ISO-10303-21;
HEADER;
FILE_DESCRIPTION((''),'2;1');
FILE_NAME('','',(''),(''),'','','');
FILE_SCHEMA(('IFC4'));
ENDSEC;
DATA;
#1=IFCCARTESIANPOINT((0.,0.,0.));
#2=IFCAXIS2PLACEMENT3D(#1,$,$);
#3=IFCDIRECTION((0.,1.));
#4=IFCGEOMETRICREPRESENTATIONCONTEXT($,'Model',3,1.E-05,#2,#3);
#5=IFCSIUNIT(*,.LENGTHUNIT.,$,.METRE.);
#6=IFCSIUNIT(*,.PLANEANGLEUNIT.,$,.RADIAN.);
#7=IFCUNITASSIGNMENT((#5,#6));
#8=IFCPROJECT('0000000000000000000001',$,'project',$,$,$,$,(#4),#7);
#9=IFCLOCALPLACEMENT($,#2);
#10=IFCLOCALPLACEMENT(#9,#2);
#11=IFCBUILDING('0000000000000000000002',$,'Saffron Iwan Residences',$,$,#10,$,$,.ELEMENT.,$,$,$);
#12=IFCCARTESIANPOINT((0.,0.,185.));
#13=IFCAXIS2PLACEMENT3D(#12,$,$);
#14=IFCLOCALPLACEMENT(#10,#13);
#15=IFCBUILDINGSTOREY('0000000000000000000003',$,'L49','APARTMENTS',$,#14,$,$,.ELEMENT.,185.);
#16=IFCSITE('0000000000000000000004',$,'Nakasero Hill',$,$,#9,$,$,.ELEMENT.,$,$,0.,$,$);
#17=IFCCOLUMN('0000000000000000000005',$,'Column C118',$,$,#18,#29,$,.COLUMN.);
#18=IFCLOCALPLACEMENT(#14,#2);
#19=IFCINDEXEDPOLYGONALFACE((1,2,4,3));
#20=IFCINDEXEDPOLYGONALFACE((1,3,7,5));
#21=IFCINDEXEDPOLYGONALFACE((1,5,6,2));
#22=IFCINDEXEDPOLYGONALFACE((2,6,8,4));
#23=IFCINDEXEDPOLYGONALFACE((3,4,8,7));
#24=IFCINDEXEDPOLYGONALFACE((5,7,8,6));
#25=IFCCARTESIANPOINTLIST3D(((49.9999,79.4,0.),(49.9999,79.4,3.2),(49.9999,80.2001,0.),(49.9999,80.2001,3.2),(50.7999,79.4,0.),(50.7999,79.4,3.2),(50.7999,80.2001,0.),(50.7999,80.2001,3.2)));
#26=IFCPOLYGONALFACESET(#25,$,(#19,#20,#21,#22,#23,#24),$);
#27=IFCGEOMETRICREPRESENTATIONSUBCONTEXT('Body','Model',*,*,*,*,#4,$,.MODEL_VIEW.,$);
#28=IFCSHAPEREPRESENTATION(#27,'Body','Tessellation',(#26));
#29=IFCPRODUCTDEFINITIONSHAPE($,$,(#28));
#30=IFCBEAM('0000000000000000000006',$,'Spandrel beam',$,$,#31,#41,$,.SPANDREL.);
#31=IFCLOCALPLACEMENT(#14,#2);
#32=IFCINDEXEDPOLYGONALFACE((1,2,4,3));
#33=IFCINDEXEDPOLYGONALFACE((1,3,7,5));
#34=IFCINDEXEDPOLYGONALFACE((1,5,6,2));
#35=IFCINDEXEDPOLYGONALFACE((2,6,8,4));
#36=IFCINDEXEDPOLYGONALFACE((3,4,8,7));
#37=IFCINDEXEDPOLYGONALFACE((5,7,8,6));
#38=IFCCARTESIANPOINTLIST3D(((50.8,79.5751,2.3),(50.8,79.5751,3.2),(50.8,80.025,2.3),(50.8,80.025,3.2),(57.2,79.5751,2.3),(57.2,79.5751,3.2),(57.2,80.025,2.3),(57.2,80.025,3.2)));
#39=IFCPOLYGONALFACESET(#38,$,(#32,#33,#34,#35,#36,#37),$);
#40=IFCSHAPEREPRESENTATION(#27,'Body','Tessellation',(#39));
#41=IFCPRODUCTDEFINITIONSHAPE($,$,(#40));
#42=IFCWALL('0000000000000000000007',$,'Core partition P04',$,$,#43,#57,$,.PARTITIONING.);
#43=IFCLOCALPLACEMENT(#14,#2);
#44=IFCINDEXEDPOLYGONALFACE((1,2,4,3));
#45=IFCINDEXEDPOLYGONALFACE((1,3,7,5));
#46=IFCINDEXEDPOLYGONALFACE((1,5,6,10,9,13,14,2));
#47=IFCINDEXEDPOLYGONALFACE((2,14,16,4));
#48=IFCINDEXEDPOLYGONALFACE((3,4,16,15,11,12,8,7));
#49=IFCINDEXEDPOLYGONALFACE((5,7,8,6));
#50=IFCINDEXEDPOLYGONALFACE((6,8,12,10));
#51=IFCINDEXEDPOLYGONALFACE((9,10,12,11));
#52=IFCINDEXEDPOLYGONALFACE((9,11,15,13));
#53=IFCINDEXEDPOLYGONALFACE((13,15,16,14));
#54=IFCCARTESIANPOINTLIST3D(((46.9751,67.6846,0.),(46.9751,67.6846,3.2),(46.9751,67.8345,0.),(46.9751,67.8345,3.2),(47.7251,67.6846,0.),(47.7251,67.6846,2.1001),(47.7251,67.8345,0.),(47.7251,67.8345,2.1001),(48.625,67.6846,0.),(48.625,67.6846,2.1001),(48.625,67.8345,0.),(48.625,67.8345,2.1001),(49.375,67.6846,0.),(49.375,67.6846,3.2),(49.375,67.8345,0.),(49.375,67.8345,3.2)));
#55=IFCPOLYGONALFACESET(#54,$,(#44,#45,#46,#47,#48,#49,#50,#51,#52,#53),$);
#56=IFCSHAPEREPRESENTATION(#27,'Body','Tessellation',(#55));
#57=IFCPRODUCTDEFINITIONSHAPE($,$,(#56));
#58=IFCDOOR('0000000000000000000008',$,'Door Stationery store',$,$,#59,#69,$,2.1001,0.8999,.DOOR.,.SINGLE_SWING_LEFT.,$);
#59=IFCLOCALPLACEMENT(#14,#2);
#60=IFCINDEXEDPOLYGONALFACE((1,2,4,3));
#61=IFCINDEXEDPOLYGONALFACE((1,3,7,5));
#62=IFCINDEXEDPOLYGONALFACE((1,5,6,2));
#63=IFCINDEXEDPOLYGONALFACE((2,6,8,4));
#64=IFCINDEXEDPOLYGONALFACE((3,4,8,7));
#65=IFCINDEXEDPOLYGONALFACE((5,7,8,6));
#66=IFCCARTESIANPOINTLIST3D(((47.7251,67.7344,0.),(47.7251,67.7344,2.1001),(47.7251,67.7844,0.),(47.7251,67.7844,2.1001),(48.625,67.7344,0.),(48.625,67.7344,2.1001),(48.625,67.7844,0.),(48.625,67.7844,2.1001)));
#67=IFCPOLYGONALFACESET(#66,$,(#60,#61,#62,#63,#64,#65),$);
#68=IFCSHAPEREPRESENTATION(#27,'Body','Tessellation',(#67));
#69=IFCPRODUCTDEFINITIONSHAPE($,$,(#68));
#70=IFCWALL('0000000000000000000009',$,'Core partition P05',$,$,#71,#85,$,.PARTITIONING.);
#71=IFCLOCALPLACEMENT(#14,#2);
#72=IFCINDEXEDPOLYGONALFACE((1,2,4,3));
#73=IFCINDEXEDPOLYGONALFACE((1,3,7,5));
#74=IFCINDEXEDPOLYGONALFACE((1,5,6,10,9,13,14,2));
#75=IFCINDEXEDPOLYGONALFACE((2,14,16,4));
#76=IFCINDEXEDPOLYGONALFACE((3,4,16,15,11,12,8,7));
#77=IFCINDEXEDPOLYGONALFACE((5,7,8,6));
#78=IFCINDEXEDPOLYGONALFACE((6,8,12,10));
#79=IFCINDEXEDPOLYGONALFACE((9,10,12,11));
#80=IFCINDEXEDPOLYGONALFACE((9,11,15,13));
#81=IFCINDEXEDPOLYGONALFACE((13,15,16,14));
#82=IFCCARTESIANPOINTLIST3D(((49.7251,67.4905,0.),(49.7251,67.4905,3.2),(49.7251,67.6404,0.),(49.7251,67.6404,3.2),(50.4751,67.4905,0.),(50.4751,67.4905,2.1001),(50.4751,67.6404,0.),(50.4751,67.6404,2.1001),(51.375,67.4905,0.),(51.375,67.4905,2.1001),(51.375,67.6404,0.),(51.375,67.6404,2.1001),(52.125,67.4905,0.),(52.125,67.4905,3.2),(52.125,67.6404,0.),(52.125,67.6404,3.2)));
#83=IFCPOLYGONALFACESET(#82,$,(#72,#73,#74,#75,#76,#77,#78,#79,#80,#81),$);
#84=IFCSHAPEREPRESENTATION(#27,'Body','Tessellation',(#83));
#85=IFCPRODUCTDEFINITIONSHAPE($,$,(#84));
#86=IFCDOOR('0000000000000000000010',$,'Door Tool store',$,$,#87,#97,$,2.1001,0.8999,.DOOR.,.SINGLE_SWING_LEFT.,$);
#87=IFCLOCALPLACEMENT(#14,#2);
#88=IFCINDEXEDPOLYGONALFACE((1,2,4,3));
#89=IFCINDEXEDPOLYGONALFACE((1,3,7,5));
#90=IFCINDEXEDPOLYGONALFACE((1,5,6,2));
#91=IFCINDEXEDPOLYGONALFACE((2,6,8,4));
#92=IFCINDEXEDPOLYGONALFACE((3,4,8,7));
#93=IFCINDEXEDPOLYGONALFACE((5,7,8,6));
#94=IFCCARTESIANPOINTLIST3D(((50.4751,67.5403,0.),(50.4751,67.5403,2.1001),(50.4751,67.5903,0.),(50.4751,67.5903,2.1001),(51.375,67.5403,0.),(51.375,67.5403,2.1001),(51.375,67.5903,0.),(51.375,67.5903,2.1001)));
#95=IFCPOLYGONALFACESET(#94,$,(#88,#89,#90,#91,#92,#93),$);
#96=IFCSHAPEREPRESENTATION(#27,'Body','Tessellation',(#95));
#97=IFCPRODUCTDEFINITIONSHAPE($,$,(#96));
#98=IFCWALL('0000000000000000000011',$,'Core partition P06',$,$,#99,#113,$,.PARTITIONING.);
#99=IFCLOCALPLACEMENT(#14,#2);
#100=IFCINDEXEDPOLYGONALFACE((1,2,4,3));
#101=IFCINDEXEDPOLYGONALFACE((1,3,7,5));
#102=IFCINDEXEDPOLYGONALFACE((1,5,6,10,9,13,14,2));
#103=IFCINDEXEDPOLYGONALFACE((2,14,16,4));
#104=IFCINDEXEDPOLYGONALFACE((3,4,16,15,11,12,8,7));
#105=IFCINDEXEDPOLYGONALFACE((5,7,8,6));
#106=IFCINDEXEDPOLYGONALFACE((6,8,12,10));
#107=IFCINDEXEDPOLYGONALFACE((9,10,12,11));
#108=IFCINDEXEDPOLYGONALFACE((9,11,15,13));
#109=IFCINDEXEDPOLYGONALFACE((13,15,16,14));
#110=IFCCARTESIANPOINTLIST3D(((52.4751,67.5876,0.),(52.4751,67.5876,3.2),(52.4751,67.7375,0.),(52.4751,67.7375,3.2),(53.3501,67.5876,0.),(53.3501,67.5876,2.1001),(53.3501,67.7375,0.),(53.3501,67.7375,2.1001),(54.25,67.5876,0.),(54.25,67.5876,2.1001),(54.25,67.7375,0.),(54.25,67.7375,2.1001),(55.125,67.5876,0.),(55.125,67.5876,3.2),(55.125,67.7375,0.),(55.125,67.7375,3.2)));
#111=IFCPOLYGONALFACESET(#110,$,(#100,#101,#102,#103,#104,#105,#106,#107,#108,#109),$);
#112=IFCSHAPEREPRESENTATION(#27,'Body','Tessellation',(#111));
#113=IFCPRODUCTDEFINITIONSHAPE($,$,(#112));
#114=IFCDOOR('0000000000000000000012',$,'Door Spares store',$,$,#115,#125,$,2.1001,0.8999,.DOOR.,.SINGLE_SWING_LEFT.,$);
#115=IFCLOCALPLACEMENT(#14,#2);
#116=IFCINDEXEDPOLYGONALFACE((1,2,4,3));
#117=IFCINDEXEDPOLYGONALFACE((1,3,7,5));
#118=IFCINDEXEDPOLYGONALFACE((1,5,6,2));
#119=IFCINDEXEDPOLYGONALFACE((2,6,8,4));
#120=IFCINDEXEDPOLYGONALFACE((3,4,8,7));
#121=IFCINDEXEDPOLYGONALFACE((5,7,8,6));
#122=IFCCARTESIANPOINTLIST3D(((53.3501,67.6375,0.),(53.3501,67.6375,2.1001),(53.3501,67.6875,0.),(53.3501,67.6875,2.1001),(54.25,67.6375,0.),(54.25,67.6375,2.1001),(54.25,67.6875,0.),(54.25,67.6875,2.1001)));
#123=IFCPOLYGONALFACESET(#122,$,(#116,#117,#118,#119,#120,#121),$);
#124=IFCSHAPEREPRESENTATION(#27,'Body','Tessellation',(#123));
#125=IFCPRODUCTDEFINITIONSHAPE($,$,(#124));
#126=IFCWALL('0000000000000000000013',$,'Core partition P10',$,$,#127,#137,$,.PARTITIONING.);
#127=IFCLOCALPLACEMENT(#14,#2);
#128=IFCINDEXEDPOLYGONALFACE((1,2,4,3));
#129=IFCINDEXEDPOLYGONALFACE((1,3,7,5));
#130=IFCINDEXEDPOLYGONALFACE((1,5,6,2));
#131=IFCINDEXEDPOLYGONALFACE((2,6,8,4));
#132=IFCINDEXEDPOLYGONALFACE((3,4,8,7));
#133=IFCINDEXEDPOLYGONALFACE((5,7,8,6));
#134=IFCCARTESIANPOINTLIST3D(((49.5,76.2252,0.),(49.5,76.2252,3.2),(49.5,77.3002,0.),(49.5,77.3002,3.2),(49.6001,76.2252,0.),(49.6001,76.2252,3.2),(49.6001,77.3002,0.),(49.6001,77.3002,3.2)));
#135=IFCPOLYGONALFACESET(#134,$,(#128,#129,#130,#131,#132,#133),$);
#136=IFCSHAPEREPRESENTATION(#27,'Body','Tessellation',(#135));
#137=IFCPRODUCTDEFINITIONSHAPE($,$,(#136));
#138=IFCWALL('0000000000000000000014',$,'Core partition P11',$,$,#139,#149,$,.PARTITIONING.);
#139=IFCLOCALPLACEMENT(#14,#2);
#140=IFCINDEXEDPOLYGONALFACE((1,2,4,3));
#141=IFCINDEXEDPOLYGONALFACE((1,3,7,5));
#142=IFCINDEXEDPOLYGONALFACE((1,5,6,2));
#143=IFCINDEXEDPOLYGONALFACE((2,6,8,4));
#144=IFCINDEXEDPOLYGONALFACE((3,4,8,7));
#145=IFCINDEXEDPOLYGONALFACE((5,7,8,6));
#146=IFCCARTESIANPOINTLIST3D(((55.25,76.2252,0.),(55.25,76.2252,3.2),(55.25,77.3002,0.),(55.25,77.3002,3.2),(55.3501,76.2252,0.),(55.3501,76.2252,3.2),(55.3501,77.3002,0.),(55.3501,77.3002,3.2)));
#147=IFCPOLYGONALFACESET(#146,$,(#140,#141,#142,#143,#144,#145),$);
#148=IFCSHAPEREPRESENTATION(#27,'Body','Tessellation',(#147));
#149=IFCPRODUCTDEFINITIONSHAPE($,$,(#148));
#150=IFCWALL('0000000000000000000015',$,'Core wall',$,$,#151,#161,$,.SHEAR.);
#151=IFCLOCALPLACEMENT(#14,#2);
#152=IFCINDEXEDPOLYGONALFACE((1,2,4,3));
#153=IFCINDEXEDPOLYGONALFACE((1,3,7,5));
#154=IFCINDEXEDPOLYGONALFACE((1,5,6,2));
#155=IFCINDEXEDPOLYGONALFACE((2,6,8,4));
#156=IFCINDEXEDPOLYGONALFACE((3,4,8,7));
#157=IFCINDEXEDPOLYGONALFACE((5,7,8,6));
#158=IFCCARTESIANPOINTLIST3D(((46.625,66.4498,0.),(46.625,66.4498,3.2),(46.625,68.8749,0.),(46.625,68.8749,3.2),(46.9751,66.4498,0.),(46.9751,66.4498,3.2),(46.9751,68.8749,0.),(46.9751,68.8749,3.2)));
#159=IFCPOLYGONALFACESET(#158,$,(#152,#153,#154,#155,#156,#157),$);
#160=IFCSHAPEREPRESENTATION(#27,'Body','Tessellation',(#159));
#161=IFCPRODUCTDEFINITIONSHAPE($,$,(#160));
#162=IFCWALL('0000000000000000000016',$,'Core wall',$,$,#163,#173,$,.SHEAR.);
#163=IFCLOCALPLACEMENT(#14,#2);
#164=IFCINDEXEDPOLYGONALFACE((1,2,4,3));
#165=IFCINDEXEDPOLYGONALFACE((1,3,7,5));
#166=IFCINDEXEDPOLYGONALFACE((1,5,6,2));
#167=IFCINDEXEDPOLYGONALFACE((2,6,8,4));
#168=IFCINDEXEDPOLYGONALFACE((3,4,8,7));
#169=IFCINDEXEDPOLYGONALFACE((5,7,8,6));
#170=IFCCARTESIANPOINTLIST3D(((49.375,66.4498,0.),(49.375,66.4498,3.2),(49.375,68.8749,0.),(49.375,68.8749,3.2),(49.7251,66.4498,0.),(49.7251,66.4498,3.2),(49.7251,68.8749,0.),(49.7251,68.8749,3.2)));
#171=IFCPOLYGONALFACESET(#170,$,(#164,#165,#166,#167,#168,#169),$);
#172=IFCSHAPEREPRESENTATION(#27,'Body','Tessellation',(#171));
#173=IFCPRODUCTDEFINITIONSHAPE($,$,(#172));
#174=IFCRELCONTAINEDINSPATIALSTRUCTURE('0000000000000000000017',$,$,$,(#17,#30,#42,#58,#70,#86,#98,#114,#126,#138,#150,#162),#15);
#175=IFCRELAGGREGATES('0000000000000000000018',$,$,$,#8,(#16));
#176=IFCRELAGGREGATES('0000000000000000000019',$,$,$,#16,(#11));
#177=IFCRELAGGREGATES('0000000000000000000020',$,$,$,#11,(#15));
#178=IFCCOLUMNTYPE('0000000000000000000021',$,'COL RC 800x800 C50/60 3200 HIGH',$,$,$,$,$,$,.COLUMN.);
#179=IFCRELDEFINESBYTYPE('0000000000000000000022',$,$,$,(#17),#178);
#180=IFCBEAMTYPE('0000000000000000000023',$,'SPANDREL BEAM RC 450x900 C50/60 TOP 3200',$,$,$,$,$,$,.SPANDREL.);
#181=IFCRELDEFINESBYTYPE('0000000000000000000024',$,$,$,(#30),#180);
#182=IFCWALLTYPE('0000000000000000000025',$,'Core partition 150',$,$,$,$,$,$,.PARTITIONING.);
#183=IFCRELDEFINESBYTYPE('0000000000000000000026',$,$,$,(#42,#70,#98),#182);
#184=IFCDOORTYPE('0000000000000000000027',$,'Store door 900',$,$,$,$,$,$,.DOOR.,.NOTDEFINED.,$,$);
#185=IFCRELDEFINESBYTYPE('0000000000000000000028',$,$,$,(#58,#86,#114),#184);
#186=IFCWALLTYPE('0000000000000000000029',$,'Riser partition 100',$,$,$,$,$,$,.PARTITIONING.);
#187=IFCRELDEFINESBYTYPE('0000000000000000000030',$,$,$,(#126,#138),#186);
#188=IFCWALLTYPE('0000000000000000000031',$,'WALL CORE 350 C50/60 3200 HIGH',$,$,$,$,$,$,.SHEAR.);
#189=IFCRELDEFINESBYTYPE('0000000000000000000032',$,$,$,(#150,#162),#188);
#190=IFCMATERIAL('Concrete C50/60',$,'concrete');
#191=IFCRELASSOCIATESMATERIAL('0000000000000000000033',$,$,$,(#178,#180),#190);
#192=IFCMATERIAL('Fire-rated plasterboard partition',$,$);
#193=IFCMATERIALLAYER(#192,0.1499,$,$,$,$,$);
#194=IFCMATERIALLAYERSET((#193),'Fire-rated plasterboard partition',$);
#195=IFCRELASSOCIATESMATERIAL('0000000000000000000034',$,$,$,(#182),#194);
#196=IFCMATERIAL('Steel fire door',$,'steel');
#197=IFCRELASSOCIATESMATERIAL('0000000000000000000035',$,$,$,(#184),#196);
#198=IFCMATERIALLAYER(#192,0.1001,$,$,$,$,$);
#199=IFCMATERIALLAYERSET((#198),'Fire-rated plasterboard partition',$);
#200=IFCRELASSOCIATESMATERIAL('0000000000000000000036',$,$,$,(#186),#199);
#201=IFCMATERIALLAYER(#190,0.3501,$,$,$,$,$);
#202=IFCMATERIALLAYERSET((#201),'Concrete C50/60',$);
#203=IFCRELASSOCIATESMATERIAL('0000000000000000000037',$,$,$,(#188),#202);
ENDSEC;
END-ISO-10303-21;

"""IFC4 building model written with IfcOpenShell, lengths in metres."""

from ifc_helpers import new_model, si_unit, direction, frame, frame_2d, origin, origin_2d, place, context, subcontext, project, spatial, rectangle, extrude, source, transform, mapped, material, layer, layer_set, material_profile, profile_set, type_object, element, fill, save


model = new_model("IFC4")

# Units and contexts
model_context = context("Model", 3, precision=1e-05, world=origin(), true_north=direction((0.0, 1.0)))
body_context = subcontext(model_context, "Body", "Model", "MODEL_VIEW")
ifc_project = project(units=[si_unit("LENGTHUNIT", "METRE"), si_unit("PLANEANGLEUNIT", "RADIAN")], contexts=[model_context])

# Site, building, storey
site_placement = place(None, origin())
site = spatial("IfcSite", under=ifc_project, at=site_placement, Name="Nakasero Hill", CompositionType="ELEMENT", RefElevation=0.0)
building_placement = place(site_placement, origin())
building = spatial("IfcBuilding", under=site, at=building_placement, Name="Saffron Iwan Residences", CompositionType="ELEMENT")
storey_placement = place(building_placement, frame((0.0, 0.0, 185.0)))
storey = spatial("IfcBuildingStorey", under=building, at=storey_placement, Name="L49", Description="APARTMENTS", CompositionType="ELEMENT", Elevation=185.0)

# Column
ifc_material_1 = material(Name="Concrete C50/60", Category="concrete")
ifc_material_profile_1 = material_profile(ifc_material_1, rectangle(XDim=0.8, YDim=0.8, at=origin_2d()), Name="RC 800x800")
ifc_profile_set_1 = profile_set([ifc_material_profile_1], Name="Concrete C50/60")
column_type = type_object("IfcColumnType", Name="COL RC 800x800 C50/60 3200 HIGH", PredefinedType="COLUMN", material=ifc_profile_set_1)
shared_shape_1 = source(origin(), body_context, "Body", "SweptSolid", [
    extrude(rectangle(XDim=0.8, YDim=0.8, at=origin_2d()), origin(), (0.0, 0.0, 1.0), 3.2),
])
column_placement = place(storey_placement, frame((50.3999, 79.8, 0.0), z_axis=(0.0, 0.0, 1.0), x_axis=(1.0, 0.0, 0.0)))
element("IfcColumn", 1, at=column_placement, inside=storey, type_object=column_type, Name="Column C118", PredefinedType="COLUMN", context=body_context, shape_type="MappedRepresentation", body=[
    mapped(shared_shape_1, transform((0.0, 0.0, 0.0))),
])

# Beam
ifc_material_profile_2 = material_profile(ifc_material_1, rectangle(XDim=0.45, YDim=0.8999, at=origin_2d()), Name="RC 450x900")
ifc_profile_set_2 = profile_set([ifc_material_profile_2], Name="Concrete C50/60")
beam_type = type_object("IfcBeamType", Name="SPANDREL BEAM RC 450x900 C50/60 TOP 3200", PredefinedType="SPANDREL", material=ifc_profile_set_2)
shared_shape_2 = source(origin(), body_context, "Body", "SweptSolid", [
    extrude(rectangle(XDim=0.45, YDim=0.8999, at=origin_2d()), origin(), (0.0, 0.0, 1.0), 6.3999),
])
beam_placement = place(storey_placement, frame((50.8, 79.8, 2.75), z_axis=(1.0, 0.0, 0.0), x_axis=(0.0, 1.0, 0.0)))
element("IfcBeam", 2, at=beam_placement, inside=storey, type_object=beam_type, Name="Spandrel beam", PredefinedType="SPANDREL", context=body_context, shape_type="MappedRepresentation", body=[
    mapped(shared_shape_2, transform((0.0, 0.0, 0.0))),
])

# Walls, openings, doors
ifc_material_2 = material(Name="Fire-rated plasterboard partition")
ifc_layer_1 = layer(ifc_material_2, 0.1499)
ifc_layer_set_1 = layer_set([ifc_layer_1], Name="Fire-rated plasterboard partition")
wall_type_1 = type_object("IfcWallType", Name="Core partition 150", PredefinedType="PARTITIONING", material=ifc_layer_set_1)
wall_1_placement = place(storey_placement, frame((46.9751, 67.7595, 0.0), z_axis=(0.0, 0.0, 1.0), x_axis=(1.0, 0.0, 0.0)))
wall_1 = element("IfcWall", 3, at=wall_1_placement, inside=storey, type_object=wall_type_1, Name="Core partition P04", PredefinedType="PARTITIONING", context=body_context, shape_type="SweptSolid", body=[
    extrude(rectangle(XDim=2.3999, YDim=0.1499, at=frame_2d((1.2, 0.0))), origin(), (0.0, 0.0, 1.0), 3.2),
])
opening_1_placement = place(wall_1_placement, frame((0.75, 0.0, 0.0)))
opening_1 = element("IfcOpeningElement", 4, at=opening_1_placement, cuts=wall_1, PredefinedType="OPENING", context=body_context, shape_type="SweptSolid", body=[
    extrude(rectangle(XDim=0.8999, YDim=2.1001, at=frame_2d((0.45, 1.05))), frame((0.0, 0.085, 0.0), z_axis=(0.0, -1.0, 0.0), x_axis=(1.0, 0.0, 0.0)), (0.0, 0.0, 1.0), 0.1699),
])
ifc_material_3 = material(Name="Steel fire door", Category="steel")
door_type = type_object("IfcDoorType", Name="Store door 900", OperationType="NOTDEFINED", PredefinedType="DOOR", material=ifc_material_3)
door_1_placement = place(opening_1_placement, origin())
door_1 = element("IfcDoor", 5, at=door_1_placement, inside=storey, type_object=door_type, Name="Door Stationery store", OperationType="SINGLE_SWING_LEFT", OverallHeight=2.1001, OverallWidth=0.8999, PredefinedType="DOOR", context=body_context, shape_type="SweptSolid", body=[
    extrude(rectangle(XDim=0.8999, YDim=2.1001, at=frame_2d((0.45, 1.05))), frame((0.0, 0.0249, 0.0), z_axis=(0.0, -1.0, 0.0), x_axis=(1.0, 0.0, 0.0)), (0.0, 0.0, 1.0), 0.05),
])
fill(opening_1, door_1)
wall_2_placement = place(storey_placement, frame((49.7251, 67.5654, 0.0), z_axis=(0.0, 0.0, 1.0), x_axis=(1.0, 0.0, 0.0)))
wall_2 = element("IfcWall", 6, at=wall_2_placement, inside=storey, type_object=wall_type_1, Name="Core partition P05", PredefinedType="PARTITIONING", context=body_context, shape_type="SweptSolid", body=[
    extrude(rectangle(XDim=2.3999, YDim=0.1499, at=frame_2d((1.2, 0.0))), origin(), (0.0, 0.0, 1.0), 3.2),
])
opening_2_placement = place(wall_2_placement, frame((0.75, 0.0, 0.0)))
opening_2 = element("IfcOpeningElement", 7, at=opening_2_placement, cuts=wall_2, PredefinedType="OPENING", context=body_context, shape_type="SweptSolid", body=[
    extrude(rectangle(XDim=0.8999, YDim=2.1001, at=frame_2d((0.45, 1.05))), frame((0.0, 0.085, 0.0), z_axis=(0.0, -1.0, 0.0), x_axis=(1.0, 0.0, 0.0)), (0.0, 0.0, 1.0), 0.1699),
])
door_2_placement = place(opening_2_placement, origin())
door_2 = element("IfcDoor", 8, at=door_2_placement, inside=storey, type_object=door_type, Name="Door Tool store", OperationType="SINGLE_SWING_LEFT", OverallHeight=2.1001, OverallWidth=0.8999, PredefinedType="DOOR", context=body_context, shape_type="SweptSolid", body=[
    extrude(rectangle(XDim=0.8999, YDim=2.1001, at=frame_2d((0.45, 1.05))), frame((0.0, 0.0249, 0.0), z_axis=(0.0, -1.0, 0.0), x_axis=(1.0, 0.0, 0.0)), (0.0, 0.0, 1.0), 0.05),
])
fill(opening_2, door_2)
wall_3_placement = place(storey_placement, frame((52.4751, 67.6626, 0.0), z_axis=(0.0, 0.0, 1.0), x_axis=(1.0, 0.0, 0.0)))
wall_3 = element("IfcWall", 9, at=wall_3_placement, inside=storey, type_object=wall_type_1, Name="Core partition P06", PredefinedType="PARTITIONING", context=body_context, shape_type="SweptSolid", body=[
    extrude(rectangle(XDim=2.6499, YDim=0.1499, at=frame_2d((1.325, 0.0))), origin(), (0.0, 0.0, 1.0), 3.2),
])
opening_3_placement = place(wall_3_placement, frame((0.875, 0.0, 0.0)))
opening_3 = element("IfcOpeningElement", 10, at=opening_3_placement, cuts=wall_3, PredefinedType="OPENING", context=body_context, shape_type="SweptSolid", body=[
    extrude(rectangle(XDim=0.8999, YDim=2.1001, at=frame_2d((0.45, 1.05))), frame((0.0, 0.085, 0.0), z_axis=(0.0, -1.0, 0.0), x_axis=(1.0, 0.0, 0.0)), (0.0, 0.0, 1.0), 0.1699),
])
door_3_placement = place(opening_3_placement, origin())
door_3 = element("IfcDoor", 11, at=door_3_placement, inside=storey, type_object=door_type, Name="Door Spares store", OperationType="SINGLE_SWING_LEFT", OverallHeight=2.1001, OverallWidth=0.8999, PredefinedType="DOOR", context=body_context, shape_type="SweptSolid", body=[
    extrude(rectangle(XDim=0.8999, YDim=2.1001, at=frame_2d((0.45, 1.05))), frame((0.0, 0.0249, 0.0), z_axis=(0.0, -1.0, 0.0), x_axis=(1.0, 0.0, 0.0)), (0.0, 0.0, 1.0), 0.05),
])
fill(opening_3, door_3)

# Walls
ifc_layer_2 = layer(ifc_material_2, 0.1001)
ifc_layer_set_2 = layer_set([ifc_layer_2], Name="Fire-rated plasterboard partition")
wall_type_2 = type_object("IfcWallType", Name="Riser partition 100", PredefinedType="PARTITIONING", material=ifc_layer_set_2)
for number, where, z_axis, x_axis, name in (
    (12, (49.55, 76.2251, 0.0), (0.0, 0.0, 1.0), (0.0, 1.0, 0.0), "Core partition P10"),
    (13, (55.3, 76.2251, 0.0), (0.0, 0.0, 1.0), (0.0, 1.0, 0.0), "Core partition P11"),
):
    element("IfcWall", number, at=place(storey_placement, frame(where, z_axis=z_axis, x_axis=x_axis)), inside=storey, type_object=wall_type_2, Name=name, PredefinedType="PARTITIONING", context=body_context, shape_type="SweptSolid", body=[
        extrude(rectangle(XDim=1.075, YDim=0.1001, at=frame_2d((0.5376, 0.0))), origin(), (0.0, 0.0, 1.0), 3.2),
    ])
ifc_layer_3 = layer(ifc_material_1, 0.3501)
ifc_layer_set_3 = layer_set([ifc_layer_3], Name="Concrete C50/60")
wall_type_3 = type_object("IfcWallType", Name="WALL CORE 350 C50/60 3200 HIGH", PredefinedType="SHEAR", material=ifc_layer_set_3)
for number, where, z_axis, x_axis, name in (
    (14, (46.8, 66.45, 0.0), (0.0, 0.0, 1.0), (0.0, 1.0, 0.0), "Core wall"),
    (15, (49.55, 66.45, 0.0), (0.0, 0.0, 1.0), (0.0, 1.0, 0.0), "Core wall"),
):
    element("IfcWall", number, at=place(storey_placement, frame(where, z_axis=z_axis, x_axis=x_axis)), inside=storey, type_object=wall_type_3, Name=name, PredefinedType="SHEAR", context=body_context, shape_type="SweptSolid", body=[
        extrude(rectangle(XDim=2.425, YDim=0.3501, at=frame_2d((1.2124, 0.0))), origin(), (0.0, 0.0, 1.0), 3.2),
    ])

save(model, "model.ifc")
